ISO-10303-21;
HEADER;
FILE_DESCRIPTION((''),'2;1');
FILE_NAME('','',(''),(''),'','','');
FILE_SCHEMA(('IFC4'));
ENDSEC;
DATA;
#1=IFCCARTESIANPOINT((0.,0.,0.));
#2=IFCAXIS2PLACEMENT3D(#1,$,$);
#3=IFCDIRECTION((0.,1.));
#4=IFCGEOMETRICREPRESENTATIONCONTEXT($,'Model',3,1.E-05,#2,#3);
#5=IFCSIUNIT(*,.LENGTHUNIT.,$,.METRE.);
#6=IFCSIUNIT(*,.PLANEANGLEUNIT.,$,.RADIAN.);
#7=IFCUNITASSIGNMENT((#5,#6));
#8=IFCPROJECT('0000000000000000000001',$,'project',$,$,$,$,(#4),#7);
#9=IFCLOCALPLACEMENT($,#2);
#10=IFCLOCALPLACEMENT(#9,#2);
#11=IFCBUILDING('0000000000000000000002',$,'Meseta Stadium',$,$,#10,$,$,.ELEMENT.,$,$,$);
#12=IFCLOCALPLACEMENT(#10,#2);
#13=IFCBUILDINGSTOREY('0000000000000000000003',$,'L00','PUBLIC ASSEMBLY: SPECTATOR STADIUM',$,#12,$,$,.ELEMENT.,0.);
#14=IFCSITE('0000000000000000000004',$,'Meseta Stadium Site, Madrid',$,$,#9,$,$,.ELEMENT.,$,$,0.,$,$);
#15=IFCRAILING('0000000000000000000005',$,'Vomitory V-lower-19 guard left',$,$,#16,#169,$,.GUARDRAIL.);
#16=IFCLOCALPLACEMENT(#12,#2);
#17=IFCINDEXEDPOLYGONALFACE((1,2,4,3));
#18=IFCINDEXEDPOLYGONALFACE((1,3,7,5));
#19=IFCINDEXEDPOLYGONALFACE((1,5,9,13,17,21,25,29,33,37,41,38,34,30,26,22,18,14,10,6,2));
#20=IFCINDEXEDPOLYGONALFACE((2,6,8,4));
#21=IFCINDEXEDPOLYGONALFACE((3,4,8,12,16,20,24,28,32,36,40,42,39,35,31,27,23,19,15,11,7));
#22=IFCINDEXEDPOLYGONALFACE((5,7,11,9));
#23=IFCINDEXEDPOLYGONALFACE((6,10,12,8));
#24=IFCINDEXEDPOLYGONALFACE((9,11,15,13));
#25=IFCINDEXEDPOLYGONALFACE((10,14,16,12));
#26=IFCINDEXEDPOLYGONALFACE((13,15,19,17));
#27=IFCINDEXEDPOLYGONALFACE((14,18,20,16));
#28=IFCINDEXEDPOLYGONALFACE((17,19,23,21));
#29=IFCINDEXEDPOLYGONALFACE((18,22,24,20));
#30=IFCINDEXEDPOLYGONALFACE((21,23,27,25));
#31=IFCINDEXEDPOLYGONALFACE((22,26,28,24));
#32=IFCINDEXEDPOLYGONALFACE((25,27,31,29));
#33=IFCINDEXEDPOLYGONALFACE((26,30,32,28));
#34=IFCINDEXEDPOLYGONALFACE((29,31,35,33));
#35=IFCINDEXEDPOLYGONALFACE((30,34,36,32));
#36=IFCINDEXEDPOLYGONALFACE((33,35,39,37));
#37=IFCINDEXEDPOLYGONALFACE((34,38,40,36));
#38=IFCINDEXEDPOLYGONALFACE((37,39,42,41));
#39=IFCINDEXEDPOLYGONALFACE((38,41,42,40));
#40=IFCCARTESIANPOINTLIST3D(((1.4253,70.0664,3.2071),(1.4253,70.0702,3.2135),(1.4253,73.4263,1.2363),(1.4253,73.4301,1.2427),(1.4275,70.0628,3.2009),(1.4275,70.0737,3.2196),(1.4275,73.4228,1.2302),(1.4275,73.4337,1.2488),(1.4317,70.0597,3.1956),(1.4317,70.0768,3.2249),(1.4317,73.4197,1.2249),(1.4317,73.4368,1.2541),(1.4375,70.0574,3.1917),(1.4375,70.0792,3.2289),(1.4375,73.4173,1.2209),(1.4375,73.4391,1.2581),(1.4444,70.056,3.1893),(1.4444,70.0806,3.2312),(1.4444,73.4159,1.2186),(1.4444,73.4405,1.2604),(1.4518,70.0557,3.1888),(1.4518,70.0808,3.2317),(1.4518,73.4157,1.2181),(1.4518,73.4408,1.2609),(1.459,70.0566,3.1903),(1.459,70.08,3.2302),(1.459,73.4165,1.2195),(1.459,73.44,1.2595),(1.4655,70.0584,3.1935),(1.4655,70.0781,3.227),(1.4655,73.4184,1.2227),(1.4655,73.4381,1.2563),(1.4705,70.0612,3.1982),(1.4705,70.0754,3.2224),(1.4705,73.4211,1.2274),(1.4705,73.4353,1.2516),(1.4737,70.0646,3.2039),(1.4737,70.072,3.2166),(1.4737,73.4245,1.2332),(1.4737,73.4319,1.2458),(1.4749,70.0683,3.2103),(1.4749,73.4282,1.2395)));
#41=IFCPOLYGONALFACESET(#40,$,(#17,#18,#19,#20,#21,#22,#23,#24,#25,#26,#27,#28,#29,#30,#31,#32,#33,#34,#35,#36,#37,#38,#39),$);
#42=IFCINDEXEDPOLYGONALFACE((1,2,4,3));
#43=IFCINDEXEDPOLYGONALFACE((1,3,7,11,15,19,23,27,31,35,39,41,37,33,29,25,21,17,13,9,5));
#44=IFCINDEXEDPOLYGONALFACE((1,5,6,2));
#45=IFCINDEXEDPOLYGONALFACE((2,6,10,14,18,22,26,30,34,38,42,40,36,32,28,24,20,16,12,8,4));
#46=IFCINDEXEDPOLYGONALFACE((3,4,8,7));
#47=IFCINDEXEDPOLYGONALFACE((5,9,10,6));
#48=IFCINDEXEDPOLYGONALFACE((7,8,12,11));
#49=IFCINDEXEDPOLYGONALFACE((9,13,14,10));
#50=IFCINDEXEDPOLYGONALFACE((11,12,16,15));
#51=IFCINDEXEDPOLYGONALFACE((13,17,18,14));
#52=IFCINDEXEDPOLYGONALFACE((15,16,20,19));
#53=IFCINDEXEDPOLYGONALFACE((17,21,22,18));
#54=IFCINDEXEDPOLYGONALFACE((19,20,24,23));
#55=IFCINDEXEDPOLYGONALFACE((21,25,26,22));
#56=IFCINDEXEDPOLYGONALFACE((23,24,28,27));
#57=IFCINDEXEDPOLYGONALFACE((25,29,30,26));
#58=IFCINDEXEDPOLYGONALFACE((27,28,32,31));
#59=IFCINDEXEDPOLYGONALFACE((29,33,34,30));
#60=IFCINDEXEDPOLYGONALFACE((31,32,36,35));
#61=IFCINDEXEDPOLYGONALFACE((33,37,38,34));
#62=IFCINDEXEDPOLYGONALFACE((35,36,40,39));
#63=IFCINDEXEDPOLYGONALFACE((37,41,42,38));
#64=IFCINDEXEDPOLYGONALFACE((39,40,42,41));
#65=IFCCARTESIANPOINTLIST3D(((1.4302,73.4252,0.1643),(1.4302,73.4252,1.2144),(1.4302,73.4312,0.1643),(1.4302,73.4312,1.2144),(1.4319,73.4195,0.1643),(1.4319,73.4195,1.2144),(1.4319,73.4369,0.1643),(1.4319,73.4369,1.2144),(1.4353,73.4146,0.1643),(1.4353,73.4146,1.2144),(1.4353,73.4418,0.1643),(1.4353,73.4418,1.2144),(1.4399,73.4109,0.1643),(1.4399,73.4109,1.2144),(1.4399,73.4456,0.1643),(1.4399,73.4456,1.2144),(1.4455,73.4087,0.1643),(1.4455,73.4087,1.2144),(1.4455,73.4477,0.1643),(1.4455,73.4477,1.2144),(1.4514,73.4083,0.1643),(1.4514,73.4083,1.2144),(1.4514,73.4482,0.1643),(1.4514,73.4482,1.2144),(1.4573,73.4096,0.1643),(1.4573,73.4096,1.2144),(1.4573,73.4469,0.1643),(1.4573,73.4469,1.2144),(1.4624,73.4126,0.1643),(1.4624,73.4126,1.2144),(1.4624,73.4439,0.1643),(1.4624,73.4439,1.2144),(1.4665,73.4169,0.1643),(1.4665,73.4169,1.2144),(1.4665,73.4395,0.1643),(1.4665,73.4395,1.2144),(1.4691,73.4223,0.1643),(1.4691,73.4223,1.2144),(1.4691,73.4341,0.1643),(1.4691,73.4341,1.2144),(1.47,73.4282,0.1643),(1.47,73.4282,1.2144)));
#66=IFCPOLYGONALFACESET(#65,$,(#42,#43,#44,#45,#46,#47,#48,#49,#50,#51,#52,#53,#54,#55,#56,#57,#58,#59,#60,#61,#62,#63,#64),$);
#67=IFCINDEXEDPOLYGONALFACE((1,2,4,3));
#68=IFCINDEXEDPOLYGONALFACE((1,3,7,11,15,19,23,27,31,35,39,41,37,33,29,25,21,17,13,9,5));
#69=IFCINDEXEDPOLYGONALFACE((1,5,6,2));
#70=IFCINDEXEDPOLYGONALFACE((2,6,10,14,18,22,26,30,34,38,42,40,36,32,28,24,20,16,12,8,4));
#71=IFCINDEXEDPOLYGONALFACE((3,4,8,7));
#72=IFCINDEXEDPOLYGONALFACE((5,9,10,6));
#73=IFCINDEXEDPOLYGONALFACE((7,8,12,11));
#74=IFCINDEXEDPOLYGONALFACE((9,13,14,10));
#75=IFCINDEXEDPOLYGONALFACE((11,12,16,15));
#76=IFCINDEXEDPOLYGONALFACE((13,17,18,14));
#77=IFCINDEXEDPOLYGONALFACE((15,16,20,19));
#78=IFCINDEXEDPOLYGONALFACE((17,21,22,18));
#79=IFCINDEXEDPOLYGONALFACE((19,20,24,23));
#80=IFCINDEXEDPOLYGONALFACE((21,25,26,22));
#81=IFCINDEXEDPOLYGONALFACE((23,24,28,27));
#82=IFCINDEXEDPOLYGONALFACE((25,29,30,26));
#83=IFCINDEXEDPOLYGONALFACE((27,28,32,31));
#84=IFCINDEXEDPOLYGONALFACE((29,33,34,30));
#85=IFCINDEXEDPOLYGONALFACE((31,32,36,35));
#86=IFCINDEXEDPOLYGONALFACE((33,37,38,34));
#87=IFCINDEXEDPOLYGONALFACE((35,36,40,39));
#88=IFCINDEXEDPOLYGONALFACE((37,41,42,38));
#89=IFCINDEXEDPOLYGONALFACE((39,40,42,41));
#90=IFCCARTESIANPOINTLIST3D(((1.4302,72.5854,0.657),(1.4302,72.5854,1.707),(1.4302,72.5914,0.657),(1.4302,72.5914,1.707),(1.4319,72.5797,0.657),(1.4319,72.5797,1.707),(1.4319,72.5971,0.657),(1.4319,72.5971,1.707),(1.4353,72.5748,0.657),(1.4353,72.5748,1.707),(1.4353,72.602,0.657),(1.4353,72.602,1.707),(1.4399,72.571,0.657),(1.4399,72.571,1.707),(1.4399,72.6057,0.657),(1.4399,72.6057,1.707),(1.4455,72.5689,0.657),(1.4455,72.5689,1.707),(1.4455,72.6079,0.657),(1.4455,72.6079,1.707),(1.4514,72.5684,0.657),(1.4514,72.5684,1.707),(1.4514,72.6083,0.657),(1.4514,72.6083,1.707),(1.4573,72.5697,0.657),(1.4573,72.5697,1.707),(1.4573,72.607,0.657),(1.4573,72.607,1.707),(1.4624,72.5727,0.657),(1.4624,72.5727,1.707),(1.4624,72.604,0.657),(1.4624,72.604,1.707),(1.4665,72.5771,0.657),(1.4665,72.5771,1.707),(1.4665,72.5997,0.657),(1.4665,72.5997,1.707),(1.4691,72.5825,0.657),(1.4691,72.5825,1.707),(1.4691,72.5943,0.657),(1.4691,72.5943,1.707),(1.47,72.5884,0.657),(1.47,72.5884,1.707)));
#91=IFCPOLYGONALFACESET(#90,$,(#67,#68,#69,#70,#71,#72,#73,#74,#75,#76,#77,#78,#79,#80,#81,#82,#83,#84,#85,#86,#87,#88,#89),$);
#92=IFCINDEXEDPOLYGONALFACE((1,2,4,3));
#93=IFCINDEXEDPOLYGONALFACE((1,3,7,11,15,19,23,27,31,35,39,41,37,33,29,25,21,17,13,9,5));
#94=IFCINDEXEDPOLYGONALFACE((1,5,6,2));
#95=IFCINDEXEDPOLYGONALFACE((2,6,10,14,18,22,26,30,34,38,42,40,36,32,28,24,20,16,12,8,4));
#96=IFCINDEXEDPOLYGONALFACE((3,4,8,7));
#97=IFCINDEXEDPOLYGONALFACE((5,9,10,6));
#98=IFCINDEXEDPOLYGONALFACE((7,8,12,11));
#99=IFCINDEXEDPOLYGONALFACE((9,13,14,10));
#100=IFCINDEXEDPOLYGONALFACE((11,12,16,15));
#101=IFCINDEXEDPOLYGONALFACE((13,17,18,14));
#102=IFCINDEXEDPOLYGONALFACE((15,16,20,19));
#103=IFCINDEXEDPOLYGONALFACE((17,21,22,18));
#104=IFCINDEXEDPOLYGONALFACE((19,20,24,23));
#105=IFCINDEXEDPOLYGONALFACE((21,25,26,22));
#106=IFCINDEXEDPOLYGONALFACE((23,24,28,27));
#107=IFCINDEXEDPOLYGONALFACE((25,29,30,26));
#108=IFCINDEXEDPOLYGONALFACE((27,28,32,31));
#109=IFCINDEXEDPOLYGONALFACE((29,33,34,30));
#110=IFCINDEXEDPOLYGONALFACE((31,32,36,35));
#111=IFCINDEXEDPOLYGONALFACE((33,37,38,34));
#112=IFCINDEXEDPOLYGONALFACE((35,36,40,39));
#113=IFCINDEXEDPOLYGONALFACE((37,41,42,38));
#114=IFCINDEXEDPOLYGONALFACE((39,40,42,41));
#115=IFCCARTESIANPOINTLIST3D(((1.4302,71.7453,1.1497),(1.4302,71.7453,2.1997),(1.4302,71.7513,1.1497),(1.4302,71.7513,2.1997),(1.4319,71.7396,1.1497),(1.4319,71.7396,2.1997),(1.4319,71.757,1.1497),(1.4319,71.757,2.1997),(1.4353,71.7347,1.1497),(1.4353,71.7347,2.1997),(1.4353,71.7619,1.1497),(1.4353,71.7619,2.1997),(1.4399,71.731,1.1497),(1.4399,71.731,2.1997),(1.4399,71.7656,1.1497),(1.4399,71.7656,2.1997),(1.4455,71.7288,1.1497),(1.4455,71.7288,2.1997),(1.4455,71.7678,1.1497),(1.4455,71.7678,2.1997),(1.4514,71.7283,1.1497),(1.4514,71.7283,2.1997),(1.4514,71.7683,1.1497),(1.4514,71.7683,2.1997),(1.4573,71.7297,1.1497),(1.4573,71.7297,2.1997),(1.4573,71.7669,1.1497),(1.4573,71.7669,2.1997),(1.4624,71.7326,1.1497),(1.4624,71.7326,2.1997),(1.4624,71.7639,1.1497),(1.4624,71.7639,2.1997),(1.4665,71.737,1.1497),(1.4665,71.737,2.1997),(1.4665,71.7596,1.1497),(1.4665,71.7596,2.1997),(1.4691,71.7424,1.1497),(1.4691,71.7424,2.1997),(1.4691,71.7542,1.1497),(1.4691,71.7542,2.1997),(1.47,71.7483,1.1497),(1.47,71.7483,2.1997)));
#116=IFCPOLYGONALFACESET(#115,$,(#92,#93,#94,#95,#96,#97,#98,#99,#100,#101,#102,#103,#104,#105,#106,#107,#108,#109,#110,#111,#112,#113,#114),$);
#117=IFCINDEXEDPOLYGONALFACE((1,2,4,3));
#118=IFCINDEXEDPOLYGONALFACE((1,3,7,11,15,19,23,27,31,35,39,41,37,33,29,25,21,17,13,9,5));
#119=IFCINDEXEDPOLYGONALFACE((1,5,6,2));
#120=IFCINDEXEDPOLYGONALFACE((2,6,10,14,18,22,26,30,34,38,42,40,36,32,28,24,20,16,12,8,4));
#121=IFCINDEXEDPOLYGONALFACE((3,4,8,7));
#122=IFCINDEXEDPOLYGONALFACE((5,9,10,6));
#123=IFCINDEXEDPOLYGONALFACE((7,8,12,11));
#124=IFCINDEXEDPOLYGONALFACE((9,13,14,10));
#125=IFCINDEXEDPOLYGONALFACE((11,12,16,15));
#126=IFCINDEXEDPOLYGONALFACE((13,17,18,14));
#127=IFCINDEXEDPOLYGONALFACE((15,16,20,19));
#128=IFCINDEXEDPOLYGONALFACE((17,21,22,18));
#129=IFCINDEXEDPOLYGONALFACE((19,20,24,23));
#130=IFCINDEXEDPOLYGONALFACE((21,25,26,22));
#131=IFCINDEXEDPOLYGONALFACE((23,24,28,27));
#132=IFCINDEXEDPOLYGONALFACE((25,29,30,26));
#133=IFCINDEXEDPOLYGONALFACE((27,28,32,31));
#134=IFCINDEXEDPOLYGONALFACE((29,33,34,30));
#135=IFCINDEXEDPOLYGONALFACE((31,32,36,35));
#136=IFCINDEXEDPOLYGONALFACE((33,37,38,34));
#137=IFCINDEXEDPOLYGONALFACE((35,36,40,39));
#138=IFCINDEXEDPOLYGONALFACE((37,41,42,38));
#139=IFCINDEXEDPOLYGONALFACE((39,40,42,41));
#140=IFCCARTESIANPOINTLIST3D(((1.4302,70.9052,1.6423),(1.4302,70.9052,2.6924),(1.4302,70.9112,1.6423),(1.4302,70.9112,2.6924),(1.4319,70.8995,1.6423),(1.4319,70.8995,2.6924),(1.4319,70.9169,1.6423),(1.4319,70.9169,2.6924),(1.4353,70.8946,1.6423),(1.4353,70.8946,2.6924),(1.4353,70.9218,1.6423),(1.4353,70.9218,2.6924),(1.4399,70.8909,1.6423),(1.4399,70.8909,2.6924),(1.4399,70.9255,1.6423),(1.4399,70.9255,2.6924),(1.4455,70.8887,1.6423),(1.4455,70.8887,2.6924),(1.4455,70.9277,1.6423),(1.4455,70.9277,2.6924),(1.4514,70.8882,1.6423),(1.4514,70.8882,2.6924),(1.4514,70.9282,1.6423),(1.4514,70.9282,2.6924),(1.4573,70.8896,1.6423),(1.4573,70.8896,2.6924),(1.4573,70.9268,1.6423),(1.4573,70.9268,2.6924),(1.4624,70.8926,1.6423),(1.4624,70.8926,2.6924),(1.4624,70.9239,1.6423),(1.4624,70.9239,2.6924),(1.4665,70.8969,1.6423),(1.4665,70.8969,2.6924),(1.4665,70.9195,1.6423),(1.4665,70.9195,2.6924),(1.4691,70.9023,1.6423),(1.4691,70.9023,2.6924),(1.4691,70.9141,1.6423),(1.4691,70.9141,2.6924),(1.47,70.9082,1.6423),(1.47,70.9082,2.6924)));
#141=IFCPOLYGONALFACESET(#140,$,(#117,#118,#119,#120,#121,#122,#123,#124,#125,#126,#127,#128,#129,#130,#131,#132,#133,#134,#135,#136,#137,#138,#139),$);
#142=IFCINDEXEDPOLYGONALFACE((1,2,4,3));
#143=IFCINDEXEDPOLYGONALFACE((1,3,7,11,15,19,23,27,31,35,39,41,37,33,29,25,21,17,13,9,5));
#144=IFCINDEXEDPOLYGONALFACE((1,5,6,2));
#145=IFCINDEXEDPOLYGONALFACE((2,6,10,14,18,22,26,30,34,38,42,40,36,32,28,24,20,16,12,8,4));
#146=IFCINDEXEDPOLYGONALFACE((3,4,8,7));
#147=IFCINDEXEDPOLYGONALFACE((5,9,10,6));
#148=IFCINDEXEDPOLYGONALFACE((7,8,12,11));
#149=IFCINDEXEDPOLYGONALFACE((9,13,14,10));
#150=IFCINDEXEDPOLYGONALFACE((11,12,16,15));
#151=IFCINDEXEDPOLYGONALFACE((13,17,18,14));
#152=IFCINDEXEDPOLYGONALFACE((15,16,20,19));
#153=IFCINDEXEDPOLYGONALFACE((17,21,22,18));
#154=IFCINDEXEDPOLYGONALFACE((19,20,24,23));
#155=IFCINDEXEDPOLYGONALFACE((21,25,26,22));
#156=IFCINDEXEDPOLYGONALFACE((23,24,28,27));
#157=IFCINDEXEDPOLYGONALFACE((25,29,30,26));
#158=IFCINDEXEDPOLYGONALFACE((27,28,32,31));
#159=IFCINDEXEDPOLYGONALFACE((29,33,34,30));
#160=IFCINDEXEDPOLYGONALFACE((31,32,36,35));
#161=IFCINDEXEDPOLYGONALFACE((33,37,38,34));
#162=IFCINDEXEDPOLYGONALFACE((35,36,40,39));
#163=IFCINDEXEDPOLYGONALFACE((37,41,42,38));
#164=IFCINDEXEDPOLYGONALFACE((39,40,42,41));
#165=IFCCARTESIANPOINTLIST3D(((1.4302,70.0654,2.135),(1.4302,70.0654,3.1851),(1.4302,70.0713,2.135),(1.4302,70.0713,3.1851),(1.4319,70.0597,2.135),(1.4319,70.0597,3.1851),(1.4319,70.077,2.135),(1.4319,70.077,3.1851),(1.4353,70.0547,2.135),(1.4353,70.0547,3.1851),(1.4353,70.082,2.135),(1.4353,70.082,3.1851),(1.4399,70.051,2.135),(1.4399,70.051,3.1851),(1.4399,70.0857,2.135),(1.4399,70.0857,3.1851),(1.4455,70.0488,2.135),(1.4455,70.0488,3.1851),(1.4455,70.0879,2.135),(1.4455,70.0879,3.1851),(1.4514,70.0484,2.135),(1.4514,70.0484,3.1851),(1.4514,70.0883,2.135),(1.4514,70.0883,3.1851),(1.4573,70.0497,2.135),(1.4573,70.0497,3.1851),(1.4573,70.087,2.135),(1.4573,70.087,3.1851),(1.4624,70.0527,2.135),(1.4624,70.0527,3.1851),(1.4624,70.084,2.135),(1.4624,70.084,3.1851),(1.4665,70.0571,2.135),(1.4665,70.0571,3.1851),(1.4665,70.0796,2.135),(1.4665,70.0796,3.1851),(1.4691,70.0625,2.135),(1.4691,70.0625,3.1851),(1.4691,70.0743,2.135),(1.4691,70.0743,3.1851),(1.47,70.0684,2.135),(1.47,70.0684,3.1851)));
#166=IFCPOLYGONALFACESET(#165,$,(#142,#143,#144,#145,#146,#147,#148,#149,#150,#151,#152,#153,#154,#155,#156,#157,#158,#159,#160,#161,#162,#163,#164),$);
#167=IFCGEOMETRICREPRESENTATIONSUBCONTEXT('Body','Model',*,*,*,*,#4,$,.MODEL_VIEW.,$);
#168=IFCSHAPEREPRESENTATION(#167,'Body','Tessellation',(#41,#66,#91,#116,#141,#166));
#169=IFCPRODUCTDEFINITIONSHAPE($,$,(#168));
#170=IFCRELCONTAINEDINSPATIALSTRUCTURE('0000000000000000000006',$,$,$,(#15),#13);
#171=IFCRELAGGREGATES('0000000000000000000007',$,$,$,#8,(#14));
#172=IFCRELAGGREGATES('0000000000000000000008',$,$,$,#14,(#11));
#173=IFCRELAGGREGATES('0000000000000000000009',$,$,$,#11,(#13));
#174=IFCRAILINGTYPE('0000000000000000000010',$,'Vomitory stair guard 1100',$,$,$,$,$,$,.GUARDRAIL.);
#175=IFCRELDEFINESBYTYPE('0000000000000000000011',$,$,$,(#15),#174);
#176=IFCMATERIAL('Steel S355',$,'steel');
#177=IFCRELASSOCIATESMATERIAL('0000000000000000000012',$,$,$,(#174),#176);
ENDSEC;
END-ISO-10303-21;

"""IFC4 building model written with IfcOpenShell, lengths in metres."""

from ifc_helpers import new_model, si_unit, direction, frame, origin, origin_2d, place, context, subcontext, project, spatial, circle, extrude, material, type_object, element, save


model = new_model("IFC4")

# Units and contexts
model_context = context("Model", 3, precision=1e-05, world=origin(), true_north=direction((0.0, 1.0)))
body_context = subcontext(model_context, "Body", "Model", "MODEL_VIEW")
ifc_project = project(units=[si_unit("LENGTHUNIT", "METRE"), si_unit("PLANEANGLEUNIT", "RADIAN")], contexts=[model_context])

# Site, building, storey
site_placement = place(None, origin())
site = spatial("IfcSite", under=ifc_project, at=site_placement, Name="Meseta Stadium Site, Madrid", CompositionType="ELEMENT", RefElevation=0.0)
building_placement = place(site_placement, origin())
building = spatial("IfcBuilding", under=site, at=building_placement, Name="Meseta Stadium", CompositionType="ELEMENT")
storey_placement = place(building_placement, origin())
storey = spatial("IfcBuildingStorey", under=building, at=storey_placement, Name="L00", Description="PUBLIC ASSEMBLY: SPECTATOR STADIUM", CompositionType="ELEMENT", Elevation=0.0)

# Railing
ifc_material_1 = material(Name="Steel S355", Category="steel")
railing_type_1 = type_object("IfcRailingType", Name="Vomitory stair guard 1100", PredefinedType="GUARDRAIL", material=ifc_material_1)
railing_1_placement = place(storey_placement, frame((1.45, 73.4282, 0.1643)))
element("IfcRailing", 1, at=railing_1_placement, inside=storey, type_object=railing_type_1, Name="Vomitory V-lower-19 guard left", PredefinedType="GUARDRAIL", context=body_context, shape_type="SweptSolid", body=[
    extrude(circle(Radius=0.0249, at=origin_2d()), frame((0.0, 0.0, 1.0752), z_axis=(0.0, -0.862572, 0.505935), x_axis=(1.0, 0.0, 0.0)), (0.0, 0.0, 1.0), 3.8953),
    extrude(circle(Radius=0.02, at=origin_2d()), origin(), (0.0, 0.0, 1.0), 1.05),
    extrude(circle(Radius=0.02, at=origin_2d()), frame((0.0, -0.8398, 0.4927)), (0.0, 0.0, 1.0), 1.05),
    extrude(circle(Radius=0.02, at=origin_2d()), frame((0.0, -1.6799, 0.9854)), (0.0, 0.0, 1.0), 1.05),
    extrude(circle(Radius=0.02, at=origin_2d()), frame((0.0, -2.52, 1.478)), (0.0, 0.0, 1.0), 1.05),
    extrude(circle(Radius=0.02, at=origin_2d()), frame((0.0, -3.3599, 1.9707)), (0.0, 0.0, 1.0), 1.05),
])

save(model, "model.ifc")
